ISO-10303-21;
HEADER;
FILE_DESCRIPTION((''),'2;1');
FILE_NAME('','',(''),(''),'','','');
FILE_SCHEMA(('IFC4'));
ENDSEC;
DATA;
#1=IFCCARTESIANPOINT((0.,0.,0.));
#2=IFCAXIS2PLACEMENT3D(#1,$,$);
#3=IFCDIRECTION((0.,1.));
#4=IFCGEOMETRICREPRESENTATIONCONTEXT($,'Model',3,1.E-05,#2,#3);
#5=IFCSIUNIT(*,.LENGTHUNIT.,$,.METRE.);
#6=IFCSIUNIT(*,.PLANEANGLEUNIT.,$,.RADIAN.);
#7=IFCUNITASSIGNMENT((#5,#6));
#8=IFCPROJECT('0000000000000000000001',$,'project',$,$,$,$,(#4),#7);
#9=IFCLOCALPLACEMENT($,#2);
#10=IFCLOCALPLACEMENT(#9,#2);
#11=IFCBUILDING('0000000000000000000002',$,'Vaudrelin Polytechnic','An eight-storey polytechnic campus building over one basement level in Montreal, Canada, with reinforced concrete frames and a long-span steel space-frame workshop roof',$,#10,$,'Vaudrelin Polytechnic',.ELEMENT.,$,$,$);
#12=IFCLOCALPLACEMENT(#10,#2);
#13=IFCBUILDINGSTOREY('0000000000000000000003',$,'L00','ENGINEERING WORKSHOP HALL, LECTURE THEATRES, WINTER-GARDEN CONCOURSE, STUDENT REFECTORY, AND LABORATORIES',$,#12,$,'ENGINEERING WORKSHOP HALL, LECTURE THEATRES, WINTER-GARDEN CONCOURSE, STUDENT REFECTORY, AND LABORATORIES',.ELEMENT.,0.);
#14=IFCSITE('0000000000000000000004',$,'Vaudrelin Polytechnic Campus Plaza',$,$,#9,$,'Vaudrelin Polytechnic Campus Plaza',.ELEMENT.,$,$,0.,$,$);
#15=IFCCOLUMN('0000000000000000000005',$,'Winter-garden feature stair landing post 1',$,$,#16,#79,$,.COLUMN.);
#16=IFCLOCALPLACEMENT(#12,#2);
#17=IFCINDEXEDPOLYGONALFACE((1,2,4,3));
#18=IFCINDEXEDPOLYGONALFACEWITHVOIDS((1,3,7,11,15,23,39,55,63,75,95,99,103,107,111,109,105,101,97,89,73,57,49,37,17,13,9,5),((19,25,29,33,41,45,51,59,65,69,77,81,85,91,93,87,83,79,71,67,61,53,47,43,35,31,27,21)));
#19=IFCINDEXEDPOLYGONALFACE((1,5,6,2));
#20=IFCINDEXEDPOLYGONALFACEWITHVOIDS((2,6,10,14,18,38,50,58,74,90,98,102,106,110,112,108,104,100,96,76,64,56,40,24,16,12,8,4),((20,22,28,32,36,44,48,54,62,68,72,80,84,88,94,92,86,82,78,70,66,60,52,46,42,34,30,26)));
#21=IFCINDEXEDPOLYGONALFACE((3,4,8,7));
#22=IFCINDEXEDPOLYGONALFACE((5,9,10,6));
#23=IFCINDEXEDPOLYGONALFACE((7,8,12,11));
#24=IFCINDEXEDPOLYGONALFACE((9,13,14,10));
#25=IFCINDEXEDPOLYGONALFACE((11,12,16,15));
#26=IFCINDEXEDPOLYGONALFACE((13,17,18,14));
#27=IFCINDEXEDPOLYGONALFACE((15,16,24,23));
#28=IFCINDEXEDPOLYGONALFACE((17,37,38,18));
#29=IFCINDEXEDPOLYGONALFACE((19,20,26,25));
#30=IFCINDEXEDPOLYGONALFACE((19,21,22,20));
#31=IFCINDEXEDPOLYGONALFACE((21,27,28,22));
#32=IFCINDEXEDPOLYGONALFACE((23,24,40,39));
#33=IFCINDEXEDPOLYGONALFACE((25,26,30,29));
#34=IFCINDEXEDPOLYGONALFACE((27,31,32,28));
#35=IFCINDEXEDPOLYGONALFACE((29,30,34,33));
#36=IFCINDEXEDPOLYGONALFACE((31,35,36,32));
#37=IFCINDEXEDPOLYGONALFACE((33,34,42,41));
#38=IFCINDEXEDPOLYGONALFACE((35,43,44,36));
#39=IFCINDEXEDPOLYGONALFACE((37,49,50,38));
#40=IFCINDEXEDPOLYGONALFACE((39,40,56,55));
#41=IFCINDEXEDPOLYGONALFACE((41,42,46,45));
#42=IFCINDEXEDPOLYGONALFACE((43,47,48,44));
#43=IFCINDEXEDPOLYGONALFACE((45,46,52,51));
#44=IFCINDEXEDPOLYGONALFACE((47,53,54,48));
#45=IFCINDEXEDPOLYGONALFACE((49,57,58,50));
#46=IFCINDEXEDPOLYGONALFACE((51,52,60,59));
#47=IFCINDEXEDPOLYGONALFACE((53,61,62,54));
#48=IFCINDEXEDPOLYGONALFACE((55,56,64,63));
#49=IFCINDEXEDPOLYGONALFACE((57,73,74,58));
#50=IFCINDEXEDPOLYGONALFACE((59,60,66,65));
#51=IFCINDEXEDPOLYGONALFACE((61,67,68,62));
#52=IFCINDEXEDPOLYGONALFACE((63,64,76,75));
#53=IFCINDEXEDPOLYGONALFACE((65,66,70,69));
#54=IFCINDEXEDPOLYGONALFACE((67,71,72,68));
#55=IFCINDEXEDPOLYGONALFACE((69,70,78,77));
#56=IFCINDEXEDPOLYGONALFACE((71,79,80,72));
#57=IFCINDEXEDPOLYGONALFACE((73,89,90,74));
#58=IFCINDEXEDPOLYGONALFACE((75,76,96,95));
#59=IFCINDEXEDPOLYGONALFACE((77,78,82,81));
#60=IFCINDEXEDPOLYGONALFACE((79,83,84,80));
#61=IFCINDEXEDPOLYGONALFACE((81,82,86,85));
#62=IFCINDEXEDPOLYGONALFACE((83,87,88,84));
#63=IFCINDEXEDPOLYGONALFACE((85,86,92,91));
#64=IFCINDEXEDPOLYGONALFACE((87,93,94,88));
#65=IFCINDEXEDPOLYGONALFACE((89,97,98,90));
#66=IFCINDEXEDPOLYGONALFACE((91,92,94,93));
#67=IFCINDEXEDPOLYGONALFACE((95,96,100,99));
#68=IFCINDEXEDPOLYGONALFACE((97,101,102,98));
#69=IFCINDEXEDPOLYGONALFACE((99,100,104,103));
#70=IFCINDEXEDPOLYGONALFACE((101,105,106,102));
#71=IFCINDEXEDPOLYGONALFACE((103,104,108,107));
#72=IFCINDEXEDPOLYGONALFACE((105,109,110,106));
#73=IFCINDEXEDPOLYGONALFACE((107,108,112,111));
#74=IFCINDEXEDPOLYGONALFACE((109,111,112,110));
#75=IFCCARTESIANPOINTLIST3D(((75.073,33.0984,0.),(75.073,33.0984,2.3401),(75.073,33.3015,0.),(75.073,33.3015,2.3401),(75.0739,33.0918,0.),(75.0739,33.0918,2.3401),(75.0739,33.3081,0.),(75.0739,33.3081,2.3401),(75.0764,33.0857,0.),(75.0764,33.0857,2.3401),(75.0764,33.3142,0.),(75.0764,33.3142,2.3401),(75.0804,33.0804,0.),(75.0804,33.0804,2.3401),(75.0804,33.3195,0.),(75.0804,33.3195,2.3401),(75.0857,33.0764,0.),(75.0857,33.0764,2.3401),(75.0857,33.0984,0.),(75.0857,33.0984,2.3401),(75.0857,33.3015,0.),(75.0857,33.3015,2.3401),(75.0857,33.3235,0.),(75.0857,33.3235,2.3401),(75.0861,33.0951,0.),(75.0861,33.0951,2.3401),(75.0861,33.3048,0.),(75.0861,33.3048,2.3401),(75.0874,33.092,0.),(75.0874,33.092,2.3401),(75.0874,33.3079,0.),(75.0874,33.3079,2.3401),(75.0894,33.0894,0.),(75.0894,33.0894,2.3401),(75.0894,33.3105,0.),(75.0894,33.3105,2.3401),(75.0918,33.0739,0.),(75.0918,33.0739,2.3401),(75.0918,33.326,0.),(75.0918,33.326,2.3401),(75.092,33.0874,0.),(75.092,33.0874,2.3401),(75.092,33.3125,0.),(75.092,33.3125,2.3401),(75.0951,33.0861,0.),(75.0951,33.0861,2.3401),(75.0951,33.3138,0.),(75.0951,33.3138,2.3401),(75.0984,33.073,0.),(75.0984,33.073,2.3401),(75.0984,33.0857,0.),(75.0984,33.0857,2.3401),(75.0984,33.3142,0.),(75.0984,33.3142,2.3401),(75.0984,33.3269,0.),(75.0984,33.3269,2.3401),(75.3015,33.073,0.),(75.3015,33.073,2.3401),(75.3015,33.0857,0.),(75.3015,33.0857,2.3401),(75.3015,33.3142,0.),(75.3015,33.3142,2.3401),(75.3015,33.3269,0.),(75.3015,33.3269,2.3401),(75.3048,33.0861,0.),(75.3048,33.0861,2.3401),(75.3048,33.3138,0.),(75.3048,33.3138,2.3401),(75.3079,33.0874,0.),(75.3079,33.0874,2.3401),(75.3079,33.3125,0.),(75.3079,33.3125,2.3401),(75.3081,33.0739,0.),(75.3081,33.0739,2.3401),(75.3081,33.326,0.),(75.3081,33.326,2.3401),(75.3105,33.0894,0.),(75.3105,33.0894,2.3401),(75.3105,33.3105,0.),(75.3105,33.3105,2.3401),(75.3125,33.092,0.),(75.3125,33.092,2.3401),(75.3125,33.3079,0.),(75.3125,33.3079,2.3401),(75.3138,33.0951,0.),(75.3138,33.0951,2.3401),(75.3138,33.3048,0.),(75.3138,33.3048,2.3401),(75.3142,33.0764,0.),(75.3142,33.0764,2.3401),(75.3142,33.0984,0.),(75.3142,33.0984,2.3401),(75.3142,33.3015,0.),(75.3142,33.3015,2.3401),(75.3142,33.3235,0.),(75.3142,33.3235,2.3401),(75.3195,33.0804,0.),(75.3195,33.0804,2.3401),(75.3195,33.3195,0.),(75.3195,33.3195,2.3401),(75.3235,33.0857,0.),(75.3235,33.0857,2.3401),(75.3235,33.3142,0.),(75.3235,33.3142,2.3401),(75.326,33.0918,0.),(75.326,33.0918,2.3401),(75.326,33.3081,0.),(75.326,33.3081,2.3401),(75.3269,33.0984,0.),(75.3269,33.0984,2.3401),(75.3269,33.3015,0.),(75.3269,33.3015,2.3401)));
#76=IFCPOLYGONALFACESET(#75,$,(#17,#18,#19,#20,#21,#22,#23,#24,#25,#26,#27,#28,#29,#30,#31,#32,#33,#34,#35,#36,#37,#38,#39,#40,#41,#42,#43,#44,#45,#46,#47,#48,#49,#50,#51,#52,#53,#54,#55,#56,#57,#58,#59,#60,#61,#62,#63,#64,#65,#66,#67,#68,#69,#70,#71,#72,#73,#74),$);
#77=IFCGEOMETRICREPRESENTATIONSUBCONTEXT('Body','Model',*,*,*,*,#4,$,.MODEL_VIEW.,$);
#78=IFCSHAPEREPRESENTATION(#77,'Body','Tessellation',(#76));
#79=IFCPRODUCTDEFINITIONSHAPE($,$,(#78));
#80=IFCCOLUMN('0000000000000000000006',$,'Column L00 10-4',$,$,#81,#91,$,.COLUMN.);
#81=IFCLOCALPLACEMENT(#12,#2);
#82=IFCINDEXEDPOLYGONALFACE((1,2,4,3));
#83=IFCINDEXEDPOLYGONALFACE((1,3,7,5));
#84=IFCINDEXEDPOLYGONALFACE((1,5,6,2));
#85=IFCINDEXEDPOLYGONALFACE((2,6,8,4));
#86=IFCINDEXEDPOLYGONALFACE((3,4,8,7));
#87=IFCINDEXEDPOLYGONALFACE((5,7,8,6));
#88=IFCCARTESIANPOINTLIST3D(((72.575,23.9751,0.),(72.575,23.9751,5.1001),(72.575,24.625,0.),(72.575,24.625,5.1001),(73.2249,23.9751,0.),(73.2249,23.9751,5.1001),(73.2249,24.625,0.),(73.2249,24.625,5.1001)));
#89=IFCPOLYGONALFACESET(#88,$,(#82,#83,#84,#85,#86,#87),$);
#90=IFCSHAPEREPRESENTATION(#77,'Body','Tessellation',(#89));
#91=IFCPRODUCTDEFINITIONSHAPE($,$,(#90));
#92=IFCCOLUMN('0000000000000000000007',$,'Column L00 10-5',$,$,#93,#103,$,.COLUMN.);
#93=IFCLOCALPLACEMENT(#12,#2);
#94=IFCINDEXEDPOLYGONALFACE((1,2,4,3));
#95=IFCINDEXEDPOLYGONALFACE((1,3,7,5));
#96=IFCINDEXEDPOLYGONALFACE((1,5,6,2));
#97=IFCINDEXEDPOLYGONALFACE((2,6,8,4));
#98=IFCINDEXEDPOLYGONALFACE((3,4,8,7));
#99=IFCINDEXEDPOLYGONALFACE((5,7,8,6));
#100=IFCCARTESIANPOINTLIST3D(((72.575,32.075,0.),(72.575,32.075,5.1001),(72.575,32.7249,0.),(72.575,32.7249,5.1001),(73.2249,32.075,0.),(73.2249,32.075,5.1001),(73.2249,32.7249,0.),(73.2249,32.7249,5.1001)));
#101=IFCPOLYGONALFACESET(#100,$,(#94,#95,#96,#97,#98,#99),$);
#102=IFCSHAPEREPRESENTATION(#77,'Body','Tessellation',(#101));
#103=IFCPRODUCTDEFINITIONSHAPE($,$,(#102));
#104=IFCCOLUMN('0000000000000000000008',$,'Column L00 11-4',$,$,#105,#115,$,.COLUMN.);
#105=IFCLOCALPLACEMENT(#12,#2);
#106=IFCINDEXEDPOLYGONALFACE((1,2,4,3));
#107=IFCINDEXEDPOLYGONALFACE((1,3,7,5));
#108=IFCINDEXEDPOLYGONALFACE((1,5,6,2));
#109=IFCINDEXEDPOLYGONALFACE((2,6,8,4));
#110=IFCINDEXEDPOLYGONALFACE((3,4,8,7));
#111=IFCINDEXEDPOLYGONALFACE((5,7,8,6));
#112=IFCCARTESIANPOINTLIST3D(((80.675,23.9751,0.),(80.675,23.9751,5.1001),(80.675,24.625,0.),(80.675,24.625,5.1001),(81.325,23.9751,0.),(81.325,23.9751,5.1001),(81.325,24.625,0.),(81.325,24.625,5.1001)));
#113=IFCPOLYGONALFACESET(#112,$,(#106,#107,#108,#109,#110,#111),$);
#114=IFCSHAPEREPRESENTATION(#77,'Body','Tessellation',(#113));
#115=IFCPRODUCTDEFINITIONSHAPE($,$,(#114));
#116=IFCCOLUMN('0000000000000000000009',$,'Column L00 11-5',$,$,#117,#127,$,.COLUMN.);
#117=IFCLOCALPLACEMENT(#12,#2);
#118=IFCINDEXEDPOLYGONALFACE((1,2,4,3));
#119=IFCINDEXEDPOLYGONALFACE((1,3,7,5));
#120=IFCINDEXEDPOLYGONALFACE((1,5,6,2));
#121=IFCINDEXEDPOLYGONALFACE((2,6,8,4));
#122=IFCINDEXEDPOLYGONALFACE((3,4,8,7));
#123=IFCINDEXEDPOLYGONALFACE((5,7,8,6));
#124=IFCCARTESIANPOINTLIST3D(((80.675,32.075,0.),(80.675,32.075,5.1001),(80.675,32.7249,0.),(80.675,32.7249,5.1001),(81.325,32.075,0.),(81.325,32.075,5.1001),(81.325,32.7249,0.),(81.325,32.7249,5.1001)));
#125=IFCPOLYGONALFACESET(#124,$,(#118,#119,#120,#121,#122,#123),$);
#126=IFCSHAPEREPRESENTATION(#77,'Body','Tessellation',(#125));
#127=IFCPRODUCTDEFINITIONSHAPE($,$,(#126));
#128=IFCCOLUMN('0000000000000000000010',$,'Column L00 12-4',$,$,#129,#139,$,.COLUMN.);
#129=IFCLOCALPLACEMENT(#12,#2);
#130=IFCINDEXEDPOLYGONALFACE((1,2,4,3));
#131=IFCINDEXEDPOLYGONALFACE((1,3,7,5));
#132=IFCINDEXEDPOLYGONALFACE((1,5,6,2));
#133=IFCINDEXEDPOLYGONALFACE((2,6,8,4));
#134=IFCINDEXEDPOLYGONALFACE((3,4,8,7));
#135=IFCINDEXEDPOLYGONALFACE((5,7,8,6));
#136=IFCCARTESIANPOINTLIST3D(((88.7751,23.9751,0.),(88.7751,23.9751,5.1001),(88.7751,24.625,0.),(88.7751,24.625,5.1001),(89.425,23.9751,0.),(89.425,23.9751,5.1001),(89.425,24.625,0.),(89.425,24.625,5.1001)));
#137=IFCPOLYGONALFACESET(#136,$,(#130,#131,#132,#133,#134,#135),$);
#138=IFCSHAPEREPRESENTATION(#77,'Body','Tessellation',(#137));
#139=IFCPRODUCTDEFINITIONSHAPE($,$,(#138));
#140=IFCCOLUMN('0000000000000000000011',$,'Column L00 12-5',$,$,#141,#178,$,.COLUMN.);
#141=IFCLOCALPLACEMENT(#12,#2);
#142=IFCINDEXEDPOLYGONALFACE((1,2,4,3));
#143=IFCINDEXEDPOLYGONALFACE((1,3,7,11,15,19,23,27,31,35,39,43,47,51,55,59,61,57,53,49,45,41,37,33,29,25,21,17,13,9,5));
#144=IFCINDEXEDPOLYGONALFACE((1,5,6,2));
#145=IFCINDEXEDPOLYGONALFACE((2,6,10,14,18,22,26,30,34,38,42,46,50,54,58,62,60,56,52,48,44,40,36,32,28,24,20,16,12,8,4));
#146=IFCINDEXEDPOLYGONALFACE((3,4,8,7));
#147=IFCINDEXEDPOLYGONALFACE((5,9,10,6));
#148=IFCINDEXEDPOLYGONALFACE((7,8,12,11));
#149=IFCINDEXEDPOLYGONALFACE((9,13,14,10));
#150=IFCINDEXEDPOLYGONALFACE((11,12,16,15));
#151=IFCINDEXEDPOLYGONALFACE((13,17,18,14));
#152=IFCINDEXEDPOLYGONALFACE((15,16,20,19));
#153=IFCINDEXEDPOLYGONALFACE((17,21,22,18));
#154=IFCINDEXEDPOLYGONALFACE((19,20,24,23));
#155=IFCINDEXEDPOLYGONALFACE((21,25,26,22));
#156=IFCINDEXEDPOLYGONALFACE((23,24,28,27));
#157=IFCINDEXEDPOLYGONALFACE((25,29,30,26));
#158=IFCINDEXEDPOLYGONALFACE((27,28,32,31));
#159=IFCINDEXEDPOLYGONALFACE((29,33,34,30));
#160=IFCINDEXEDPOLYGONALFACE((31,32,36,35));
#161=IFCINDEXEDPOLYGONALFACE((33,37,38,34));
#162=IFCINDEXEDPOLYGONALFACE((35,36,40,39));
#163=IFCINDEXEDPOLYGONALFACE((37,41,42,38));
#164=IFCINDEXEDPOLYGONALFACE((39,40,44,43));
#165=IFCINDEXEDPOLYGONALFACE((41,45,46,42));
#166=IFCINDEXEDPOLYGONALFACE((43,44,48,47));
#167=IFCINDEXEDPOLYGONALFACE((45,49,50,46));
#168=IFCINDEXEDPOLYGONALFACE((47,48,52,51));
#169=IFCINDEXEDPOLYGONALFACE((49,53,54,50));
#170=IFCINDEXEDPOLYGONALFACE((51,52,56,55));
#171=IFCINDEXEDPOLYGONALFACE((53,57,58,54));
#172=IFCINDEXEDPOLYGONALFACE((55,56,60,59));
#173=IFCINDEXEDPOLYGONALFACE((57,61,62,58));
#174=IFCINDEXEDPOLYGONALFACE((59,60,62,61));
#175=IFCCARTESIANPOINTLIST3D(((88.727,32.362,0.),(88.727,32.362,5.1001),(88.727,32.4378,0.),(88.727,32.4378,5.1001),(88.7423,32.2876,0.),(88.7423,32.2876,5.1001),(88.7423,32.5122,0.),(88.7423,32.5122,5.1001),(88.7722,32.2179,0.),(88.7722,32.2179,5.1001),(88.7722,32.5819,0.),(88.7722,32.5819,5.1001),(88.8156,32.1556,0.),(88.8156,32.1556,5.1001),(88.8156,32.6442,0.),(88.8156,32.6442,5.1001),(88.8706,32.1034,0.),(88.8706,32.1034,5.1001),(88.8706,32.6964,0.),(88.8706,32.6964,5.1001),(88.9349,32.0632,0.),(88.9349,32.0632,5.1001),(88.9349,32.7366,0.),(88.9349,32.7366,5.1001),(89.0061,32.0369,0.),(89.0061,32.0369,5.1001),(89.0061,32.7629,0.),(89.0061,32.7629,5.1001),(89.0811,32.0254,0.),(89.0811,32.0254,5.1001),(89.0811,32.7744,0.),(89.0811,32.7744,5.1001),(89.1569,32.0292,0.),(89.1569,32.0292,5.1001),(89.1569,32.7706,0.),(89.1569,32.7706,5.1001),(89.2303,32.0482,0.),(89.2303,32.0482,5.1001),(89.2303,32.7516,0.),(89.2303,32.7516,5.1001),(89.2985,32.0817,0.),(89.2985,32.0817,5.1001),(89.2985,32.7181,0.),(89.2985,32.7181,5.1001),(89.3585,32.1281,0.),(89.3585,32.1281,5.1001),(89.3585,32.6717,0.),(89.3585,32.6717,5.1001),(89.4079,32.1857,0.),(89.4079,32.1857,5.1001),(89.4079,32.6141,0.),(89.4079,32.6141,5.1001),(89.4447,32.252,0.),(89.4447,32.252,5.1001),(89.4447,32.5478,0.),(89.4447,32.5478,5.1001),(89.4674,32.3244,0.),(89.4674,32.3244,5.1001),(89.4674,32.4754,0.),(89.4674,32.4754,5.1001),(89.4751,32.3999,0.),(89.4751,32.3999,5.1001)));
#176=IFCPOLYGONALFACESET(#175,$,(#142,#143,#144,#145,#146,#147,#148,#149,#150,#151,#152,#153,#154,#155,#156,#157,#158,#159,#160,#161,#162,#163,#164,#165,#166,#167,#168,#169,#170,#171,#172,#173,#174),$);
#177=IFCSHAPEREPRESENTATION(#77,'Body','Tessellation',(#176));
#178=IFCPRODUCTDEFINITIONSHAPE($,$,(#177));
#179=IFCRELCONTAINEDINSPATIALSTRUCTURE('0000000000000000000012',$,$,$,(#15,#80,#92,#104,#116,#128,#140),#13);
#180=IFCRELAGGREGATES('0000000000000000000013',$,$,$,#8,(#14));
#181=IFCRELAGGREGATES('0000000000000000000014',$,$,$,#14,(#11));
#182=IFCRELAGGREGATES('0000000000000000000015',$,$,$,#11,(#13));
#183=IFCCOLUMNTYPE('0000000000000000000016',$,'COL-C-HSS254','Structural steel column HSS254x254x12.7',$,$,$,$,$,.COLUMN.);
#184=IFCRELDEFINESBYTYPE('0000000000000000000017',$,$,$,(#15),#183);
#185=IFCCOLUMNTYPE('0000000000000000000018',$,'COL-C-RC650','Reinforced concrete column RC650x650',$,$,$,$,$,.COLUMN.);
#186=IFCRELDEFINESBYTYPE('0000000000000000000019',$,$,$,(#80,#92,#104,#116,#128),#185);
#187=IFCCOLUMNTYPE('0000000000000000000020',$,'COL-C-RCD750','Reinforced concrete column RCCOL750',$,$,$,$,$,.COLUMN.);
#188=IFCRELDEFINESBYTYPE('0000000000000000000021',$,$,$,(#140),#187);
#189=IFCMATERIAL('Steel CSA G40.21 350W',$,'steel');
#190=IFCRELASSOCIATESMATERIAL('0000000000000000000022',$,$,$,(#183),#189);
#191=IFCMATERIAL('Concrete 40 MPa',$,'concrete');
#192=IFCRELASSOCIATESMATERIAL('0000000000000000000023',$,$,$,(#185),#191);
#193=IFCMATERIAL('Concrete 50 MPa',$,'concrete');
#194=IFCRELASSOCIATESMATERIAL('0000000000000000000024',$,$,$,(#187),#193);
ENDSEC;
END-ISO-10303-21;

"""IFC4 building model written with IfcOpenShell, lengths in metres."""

from ifc_helpers import new_model, si_unit, direction, frame, origin, origin_2d, place, context, subcontext, project, spatial, rectangle, hollow_rectangle, circle, extrude, material, material_profile, profile_set, type_object, element, save


model = new_model("IFC4")

# Units and contexts
model_context = context("Model", 3, precision=1e-05, world=origin(), true_north=direction((0.0, 1.0)))
body_context = subcontext(model_context, "Body", "Model", "MODEL_VIEW")
ifc_project = project(units=[si_unit("LENGTHUNIT", "METRE"), si_unit("PLANEANGLEUNIT", "RADIAN")], contexts=[model_context])

# Site, building, storey
site_placement = place(None, origin())
site = spatial("IfcSite", under=ifc_project, at=site_placement, Name="Vaudrelin Polytechnic Campus Plaza", LongName="Vaudrelin Polytechnic Campus Plaza", CompositionType="ELEMENT", RefElevation=0.0)
building_placement = place(site_placement, origin())
building = spatial("IfcBuilding", under=site, at=building_placement, Name="Vaudrelin Polytechnic", Description="An eight-storey polytechnic campus building over one basement level in Montreal, Canada, with reinforced concrete frames and a long-span steel space-frame workshop roof", LongName="Vaudrelin Polytechnic", CompositionType="ELEMENT")
storey_placement = place(building_placement, origin())
storey = spatial("IfcBuildingStorey", under=building, at=storey_placement, Name="L00", Description="ENGINEERING WORKSHOP HALL, LECTURE THEATRES, WINTER-GARDEN CONCOURSE, STUDENT REFECTORY, AND LABORATORIES", LongName="ENGINEERING WORKSHOP HALL, LECTURE THEATRES, WINTER-GARDEN CONCOURSE, STUDENT REFECTORY, AND LABORATORIES", CompositionType="ELEMENT", Elevation=0.0)

# Columns
ifc_material_1 = material(Name="Steel CSA G40.21 350W", Category="steel")
ifc_material_profile_1 = material_profile(ifc_material_1, hollow_rectangle(XDim=0.2539, YDim=0.2539, WallThickness=0.0127, InnerFilletRadius=0.0127, OuterFilletRadius=0.0254, at=origin_2d()), Name="HSS254x254x12.7")
ifc_profile_set_1 = profile_set([ifc_material_profile_1], Name="Steel CSA G40.21 350W")
column_type_1 = type_object("IfcColumnType", Name="COL-C-HSS254", Description="Structural steel column HSS254x254x12.7", PredefinedType="COLUMN", material=ifc_profile_set_1)
column_1_placement = place(storey_placement, frame((75.2, 33.2, 0.0), z_axis=(0.0, 0.0, 1.0), x_axis=(1.0, 0.0, 0.0)))
element("IfcColumn", 1, at=column_1_placement, inside=storey, type_object=column_type_1, Name="Winter-garden feature stair landing post 1", PredefinedType="COLUMN", context=body_context, shape_type="SweptSolid", body=[
    extrude(hollow_rectangle(XDim=0.2539, YDim=0.2539, WallThickness=0.0127, InnerFilletRadius=0.0127, OuterFilletRadius=0.0254, at=origin_2d()), origin(), (0.0, 0.0, 1.0), 2.3401),
])
ifc_material_2 = material(Name="Concrete 40 MPa", Category="concrete")
ifc_material_profile_2 = material_profile(ifc_material_2, rectangle(XDim=0.6499, YDim=0.6499, at=origin_2d()), Name="RC650x650")
ifc_profile_set_2 = profile_set([ifc_material_profile_2], Name="Concrete 40 MPa")
column_type_2 = type_object("IfcColumnType", Name="COL-C-RC650", Description="Reinforced concrete column RC650x650", PredefinedType="COLUMN", material=ifc_profile_set_2)
for number, where, z_axis, x_axis, name in (
    (2, (72.8999, 24.3, 0.0), (0.0, 0.0, 1.0), (1.0, 0.0, 0.0), "Column L00 10-4"),
    (3, (72.8999, 32.3999, 0.0), (0.0, 0.0, 1.0), (1.0, 0.0, 0.0), "Column L00 10-5"),
    (4, (81.0, 24.3, 0.0), (0.0, 0.0, 1.0), (1.0, 0.0, 0.0), "Column L00 11-4"),
    (5, (81.0, 32.3999, 0.0), (0.0, 0.0, 1.0), (1.0, 0.0, 0.0), "Column L00 11-5"),
    (6, (89.1001, 24.3, 0.0), (0.0, 0.0, 1.0), (1.0, 0.0, 0.0), "Column L00 12-4"),
):
    element("IfcColumn", number, at=place(storey_placement, frame(where, z_axis=z_axis, x_axis=x_axis)), inside=storey, type_object=column_type_2, Name=name, PredefinedType="COLUMN", context=body_context, shape_type="SweptSolid", body=[
        extrude(rectangle(XDim=0.6499, YDim=0.6499, at=origin_2d()), origin(), (0.0, 0.0, 1.0), 5.1001),
    ])
ifc_material_3 = material(Name="Concrete 50 MPa", Category="concrete")
ifc_material_profile_3 = material_profile(ifc_material_3, circle(Radius=0.375, at=origin_2d()), Name="RCCOL750")
ifc_profile_set_3 = profile_set([ifc_material_profile_3], Name="Concrete 50 MPa")
column_type_3 = type_object("IfcColumnType", Name="COL-C-RCD750", Description="Reinforced concrete column RCCOL750", PredefinedType="COLUMN", material=ifc_profile_set_3)
column_2_placement = place(storey_placement, frame((89.1001, 32.3999, 0.0), z_axis=(0.0, 0.0, 1.0), x_axis=(1.0, 0.0, 0.0)))
element("IfcColumn", 7, at=column_2_placement, inside=storey, type_object=column_type_3, Name="Column L00 12-5", PredefinedType="COLUMN", context=body_context, shape_type="SweptSolid", body=[
    extrude(circle(Radius=0.375, at=origin_2d()), origin(), (0.0, 0.0, 1.0), 5.1001),
])

save(model, "model.ifc")
